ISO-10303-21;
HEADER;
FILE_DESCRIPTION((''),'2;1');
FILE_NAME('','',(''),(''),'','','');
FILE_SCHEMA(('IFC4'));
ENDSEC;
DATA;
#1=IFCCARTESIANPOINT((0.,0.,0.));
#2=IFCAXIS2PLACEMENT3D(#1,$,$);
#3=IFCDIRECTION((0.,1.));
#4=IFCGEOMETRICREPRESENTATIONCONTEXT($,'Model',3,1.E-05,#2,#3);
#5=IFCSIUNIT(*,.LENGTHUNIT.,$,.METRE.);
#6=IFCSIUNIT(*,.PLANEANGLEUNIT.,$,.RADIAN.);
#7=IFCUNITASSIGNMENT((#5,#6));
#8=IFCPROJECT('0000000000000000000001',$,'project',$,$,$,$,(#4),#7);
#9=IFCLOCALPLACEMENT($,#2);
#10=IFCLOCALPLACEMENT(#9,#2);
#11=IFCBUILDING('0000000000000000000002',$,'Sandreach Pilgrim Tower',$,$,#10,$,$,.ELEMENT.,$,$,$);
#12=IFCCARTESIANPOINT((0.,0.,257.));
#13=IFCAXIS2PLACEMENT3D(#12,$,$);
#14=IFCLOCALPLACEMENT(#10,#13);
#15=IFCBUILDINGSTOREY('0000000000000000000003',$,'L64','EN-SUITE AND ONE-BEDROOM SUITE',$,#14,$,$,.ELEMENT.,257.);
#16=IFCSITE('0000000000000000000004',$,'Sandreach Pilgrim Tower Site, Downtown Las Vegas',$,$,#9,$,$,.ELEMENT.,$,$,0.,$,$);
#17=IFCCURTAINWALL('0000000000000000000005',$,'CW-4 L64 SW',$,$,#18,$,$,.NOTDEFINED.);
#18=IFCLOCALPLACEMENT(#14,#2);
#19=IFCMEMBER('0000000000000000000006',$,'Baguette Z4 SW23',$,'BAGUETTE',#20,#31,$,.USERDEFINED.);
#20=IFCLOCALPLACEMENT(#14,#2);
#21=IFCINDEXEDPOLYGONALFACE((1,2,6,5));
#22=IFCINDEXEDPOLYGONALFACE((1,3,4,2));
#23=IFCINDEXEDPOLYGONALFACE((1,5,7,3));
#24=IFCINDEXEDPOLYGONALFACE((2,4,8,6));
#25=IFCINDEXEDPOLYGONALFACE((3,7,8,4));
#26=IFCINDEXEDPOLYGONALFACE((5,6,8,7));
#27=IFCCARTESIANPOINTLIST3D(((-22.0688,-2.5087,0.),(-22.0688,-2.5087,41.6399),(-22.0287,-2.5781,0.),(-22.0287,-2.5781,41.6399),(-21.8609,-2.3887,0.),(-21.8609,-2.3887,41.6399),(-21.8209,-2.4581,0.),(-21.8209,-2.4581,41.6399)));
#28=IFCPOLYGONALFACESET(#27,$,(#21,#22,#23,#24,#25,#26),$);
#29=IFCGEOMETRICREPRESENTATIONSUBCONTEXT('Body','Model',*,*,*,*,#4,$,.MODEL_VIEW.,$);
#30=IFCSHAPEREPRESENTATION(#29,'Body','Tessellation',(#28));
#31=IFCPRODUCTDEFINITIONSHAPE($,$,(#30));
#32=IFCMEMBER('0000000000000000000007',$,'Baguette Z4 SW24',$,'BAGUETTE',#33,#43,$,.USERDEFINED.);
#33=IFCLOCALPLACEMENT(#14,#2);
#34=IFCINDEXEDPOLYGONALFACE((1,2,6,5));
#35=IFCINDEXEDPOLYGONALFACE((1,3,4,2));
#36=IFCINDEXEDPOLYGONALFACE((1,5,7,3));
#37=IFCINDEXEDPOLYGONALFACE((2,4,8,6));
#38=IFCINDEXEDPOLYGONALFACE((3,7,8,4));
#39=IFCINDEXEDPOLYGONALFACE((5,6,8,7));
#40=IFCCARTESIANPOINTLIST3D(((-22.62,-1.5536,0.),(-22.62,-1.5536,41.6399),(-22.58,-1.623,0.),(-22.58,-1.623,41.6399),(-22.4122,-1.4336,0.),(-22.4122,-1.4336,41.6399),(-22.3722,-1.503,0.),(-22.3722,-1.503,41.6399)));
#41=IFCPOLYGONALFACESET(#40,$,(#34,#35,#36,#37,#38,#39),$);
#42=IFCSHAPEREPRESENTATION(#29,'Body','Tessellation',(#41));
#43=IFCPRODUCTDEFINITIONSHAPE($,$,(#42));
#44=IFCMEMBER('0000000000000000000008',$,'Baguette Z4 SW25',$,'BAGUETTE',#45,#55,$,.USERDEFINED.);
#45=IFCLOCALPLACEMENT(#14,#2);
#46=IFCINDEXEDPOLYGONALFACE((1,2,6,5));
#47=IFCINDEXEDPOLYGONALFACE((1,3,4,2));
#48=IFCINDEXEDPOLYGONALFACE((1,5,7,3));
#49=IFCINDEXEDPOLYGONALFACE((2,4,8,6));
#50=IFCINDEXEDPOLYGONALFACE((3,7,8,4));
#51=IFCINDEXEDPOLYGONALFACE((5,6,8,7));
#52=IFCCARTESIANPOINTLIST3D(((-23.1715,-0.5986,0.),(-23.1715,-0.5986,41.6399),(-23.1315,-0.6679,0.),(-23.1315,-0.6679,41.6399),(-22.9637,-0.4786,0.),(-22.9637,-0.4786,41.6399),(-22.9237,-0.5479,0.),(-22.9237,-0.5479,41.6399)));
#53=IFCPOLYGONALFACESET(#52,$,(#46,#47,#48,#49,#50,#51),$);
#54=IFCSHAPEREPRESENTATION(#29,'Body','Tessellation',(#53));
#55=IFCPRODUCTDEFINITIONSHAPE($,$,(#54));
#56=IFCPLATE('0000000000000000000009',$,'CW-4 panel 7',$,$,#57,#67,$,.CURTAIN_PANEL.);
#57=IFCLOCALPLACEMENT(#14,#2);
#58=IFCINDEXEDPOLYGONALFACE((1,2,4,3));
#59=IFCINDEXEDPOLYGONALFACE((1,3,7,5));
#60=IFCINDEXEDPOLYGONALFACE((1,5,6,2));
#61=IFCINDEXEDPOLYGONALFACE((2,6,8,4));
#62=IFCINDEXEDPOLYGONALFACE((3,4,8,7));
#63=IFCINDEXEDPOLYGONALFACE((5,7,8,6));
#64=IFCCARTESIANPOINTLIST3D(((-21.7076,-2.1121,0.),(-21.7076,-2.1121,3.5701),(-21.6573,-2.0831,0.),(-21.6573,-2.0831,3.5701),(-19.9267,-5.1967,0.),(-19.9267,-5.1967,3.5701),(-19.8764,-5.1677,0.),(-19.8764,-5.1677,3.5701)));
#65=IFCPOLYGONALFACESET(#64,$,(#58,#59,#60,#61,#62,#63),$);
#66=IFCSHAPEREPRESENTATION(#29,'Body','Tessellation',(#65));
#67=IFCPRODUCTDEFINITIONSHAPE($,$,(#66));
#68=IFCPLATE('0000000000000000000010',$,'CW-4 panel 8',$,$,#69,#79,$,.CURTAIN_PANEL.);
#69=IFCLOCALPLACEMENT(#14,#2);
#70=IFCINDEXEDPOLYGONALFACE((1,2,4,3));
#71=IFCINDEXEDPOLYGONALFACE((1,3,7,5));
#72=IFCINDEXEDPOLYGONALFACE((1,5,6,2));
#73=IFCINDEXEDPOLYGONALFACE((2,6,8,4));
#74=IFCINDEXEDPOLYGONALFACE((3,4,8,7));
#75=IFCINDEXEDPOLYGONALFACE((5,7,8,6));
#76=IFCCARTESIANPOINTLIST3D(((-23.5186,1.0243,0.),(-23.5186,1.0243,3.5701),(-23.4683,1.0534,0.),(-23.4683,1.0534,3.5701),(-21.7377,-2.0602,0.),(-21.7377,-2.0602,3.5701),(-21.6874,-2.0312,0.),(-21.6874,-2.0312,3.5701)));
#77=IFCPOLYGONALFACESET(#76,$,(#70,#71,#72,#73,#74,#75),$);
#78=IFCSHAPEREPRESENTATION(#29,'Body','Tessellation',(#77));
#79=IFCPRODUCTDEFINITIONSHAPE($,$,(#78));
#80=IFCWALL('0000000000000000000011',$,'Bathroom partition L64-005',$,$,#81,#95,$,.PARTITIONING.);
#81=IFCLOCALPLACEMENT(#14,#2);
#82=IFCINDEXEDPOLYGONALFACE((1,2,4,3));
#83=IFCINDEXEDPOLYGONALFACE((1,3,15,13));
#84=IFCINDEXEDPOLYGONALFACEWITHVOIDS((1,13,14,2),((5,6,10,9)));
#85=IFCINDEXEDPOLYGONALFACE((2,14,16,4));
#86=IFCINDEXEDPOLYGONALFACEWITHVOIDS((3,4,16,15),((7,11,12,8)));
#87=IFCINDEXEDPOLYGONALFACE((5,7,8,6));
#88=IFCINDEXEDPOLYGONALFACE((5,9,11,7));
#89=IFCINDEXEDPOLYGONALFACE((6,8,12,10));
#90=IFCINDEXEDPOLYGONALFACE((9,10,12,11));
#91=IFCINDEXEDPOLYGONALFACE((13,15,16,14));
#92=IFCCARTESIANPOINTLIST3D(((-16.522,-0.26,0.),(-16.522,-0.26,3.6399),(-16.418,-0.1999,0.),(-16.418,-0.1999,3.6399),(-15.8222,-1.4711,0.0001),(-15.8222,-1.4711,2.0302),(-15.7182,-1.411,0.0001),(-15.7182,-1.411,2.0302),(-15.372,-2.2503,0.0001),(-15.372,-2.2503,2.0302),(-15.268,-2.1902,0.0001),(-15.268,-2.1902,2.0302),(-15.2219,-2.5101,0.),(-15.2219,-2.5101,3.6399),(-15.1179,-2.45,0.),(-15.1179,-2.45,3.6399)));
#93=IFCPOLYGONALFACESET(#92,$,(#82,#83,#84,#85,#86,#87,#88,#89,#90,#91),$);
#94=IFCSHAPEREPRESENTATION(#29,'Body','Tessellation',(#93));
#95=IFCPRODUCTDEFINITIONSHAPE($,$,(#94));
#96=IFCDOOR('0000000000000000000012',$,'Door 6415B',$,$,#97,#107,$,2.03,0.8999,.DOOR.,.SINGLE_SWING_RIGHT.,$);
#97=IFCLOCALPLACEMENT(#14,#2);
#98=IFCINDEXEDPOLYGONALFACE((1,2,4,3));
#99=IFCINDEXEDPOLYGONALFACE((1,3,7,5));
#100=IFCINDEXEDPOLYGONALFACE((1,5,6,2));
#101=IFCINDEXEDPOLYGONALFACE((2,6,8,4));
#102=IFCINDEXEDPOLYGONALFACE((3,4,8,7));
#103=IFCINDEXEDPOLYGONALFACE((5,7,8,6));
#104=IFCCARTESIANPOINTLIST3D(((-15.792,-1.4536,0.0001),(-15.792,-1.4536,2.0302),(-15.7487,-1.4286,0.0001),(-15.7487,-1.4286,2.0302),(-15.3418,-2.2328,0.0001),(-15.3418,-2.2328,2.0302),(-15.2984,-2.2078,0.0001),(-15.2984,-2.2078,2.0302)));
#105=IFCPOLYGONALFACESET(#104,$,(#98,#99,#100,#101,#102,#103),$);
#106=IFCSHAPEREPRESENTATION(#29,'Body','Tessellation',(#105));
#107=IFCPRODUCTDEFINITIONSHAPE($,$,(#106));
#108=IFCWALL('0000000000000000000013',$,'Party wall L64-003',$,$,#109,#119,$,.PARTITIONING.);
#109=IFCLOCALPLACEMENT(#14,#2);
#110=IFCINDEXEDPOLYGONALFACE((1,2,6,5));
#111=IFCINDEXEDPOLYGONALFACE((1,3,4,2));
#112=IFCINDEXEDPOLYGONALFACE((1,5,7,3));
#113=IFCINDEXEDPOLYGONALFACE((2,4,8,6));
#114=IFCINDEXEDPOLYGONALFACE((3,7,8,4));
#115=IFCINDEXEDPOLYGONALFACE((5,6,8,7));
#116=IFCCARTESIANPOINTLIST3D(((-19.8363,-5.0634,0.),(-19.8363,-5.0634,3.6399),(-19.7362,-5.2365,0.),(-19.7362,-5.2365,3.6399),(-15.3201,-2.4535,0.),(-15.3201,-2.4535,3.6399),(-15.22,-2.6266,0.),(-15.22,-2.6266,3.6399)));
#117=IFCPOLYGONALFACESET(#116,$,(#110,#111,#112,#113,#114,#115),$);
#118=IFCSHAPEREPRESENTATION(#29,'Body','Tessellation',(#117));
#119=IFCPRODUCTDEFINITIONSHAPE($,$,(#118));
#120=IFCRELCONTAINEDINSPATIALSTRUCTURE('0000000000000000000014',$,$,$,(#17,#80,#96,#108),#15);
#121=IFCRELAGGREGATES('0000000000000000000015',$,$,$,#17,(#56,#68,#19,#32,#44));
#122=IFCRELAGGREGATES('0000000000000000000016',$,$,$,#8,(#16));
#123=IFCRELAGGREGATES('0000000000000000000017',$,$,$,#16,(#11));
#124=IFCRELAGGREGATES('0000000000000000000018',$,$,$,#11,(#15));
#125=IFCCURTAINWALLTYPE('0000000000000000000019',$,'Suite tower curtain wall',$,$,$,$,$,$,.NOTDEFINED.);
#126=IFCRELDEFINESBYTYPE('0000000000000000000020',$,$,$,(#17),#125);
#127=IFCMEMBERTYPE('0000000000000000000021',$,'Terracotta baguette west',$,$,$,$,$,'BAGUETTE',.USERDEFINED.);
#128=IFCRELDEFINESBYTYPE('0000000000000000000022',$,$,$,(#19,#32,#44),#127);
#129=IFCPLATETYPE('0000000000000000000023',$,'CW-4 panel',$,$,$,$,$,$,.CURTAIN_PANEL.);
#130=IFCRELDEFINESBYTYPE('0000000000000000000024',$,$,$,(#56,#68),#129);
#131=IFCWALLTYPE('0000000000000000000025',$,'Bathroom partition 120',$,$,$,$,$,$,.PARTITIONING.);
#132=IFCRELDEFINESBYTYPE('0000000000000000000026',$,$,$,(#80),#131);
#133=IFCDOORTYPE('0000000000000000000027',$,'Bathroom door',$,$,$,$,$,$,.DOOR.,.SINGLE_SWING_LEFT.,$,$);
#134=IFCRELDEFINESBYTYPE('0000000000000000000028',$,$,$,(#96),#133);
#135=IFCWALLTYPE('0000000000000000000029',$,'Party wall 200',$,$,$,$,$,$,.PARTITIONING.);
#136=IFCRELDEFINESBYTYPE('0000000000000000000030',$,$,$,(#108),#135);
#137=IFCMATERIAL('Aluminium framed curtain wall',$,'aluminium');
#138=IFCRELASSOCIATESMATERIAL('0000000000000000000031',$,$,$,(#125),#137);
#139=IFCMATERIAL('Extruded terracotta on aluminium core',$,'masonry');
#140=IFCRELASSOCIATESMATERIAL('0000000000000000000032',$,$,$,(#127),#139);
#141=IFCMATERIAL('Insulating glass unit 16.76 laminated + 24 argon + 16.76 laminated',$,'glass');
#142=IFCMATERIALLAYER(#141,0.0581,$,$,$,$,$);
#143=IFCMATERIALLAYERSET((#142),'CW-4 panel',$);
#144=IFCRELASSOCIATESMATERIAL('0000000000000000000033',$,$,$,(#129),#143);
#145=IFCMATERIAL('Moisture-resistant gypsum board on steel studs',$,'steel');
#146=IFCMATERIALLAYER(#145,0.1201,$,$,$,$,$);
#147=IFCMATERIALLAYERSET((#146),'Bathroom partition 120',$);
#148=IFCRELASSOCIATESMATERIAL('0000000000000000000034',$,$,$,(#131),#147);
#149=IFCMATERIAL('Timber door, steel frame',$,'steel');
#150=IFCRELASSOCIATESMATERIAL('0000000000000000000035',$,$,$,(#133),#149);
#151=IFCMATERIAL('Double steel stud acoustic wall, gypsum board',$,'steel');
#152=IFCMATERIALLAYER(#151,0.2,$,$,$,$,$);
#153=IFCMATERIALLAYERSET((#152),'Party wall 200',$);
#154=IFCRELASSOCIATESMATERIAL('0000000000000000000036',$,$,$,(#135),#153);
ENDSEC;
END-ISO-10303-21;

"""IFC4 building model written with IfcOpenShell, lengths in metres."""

from ifc_helpers import new_model, si_unit, direction, frame, frame_2d, origin, origin_2d, place, context, subcontext, project, spatial, rectangle, extrude, material, layer, layer_set, material_profile, profile_set, type_object, element, fill, aggregate, save


model = new_model("IFC4")

# Units and contexts
model_context = context("Model", 3, precision=1e-05, world=origin(), true_north=direction((0.0, 1.0)))
body_context = subcontext(model_context, "Body", "Model", "MODEL_VIEW")
ifc_project = project(units=[si_unit("LENGTHUNIT", "METRE"), si_unit("PLANEANGLEUNIT", "RADIAN")], contexts=[model_context])

# Site, building, storey
site_placement = place(None, origin())
site = spatial("IfcSite", under=ifc_project, at=site_placement, Name="Sandreach Pilgrim Tower Site, Downtown Las Vegas", CompositionType="ELEMENT", RefElevation=0.0)
building_placement = place(site_placement, origin())
building = spatial("IfcBuilding", under=site, at=building_placement, Name="Sandreach Pilgrim Tower", CompositionType="ELEMENT")
storey_placement = place(building_placement, frame((0.0, 0.0, 257.0)))
storey = spatial("IfcBuildingStorey", under=building, at=storey_placement, Name="L64", Description="EN-SUITE AND ONE-BEDROOM SUITE", CompositionType="ELEMENT", Elevation=257.0)

# Curtain wall
ifc_material_1 = material(Name="Aluminium framed curtain wall", Category="aluminium")
curtain_wall_type = type_object("IfcCurtainWallType", Name="Suite tower curtain wall", PredefinedType="NOTDEFINED", material=ifc_material_1)
curtain_wall_placement = place(storey_placement, origin())
curtain_wall = element("IfcCurtainWall", 1, at=curtain_wall_placement, inside=storey, type_object=curtain_wall_type, Name="CW-4 L64 SW", PredefinedType="NOTDEFINED")

# Members
ifc_material_2 = material(Name="Extruded terracotta on aluminium core", Category="masonry")
ifc_material_profile_1 = material_profile(ifc_material_2, rectangle(XDim=0.0801, YDim=0.24, at=origin_2d()), Name="TBW 80X240")
ifc_profile_set_1 = profile_set([ifc_material_profile_1], Name="Extruded terracotta on aluminium core")
member_type_1 = type_object("IfcMemberType", Name="Terracotta baguette west", ElementType="BAGUETTE", PredefinedType="USERDEFINED", material=ifc_profile_set_1)
member_1_placement = place(storey_placement, frame((-21.9448, -2.4834, 0.0), z_axis=(0.0, 0.0, 1.0), x_axis=(-0.5, 0.866025, 0.0)))
member_1 = element("IfcMember", 2, at=member_1_placement, type_object=member_type_1, Name="Baguette Z4 SW23", ObjectType="BAGUETTE", PredefinedType="USERDEFINED", context=body_context, shape_type="SweptSolid", body=[
    extrude(rectangle(XDim=0.0801, YDim=0.24, at=origin_2d()), origin(), (0.0, 0.0, 1.0), 41.6399),
])
member_2_placement = place(storey_placement, frame((-22.4961, -1.5283, 0.0), z_axis=(0.0, 0.0, 1.0), x_axis=(-0.5, 0.866025, 0.0)))
member_2 = element("IfcMember", 3, at=member_2_placement, type_object=member_type_1, Name="Baguette Z4 SW24", ObjectType="BAGUETTE", PredefinedType="USERDEFINED", context=body_context, shape_type="SweptSolid", body=[
    extrude(rectangle(XDim=0.0801, YDim=0.24, at=origin_2d()), origin(), (0.0, 0.0, 1.0), 41.6399),
])
member_3_placement = place(storey_placement, frame((-23.0476, -0.5732, 0.0), z_axis=(0.0, 0.0, 1.0), x_axis=(-0.5, 0.866025, 0.0)))
member_3 = element("IfcMember", 4, at=member_3_placement, type_object=member_type_1, Name="Baguette Z4 SW25", ObjectType="BAGUETTE", PredefinedType="USERDEFINED", context=body_context, shape_type="SweptSolid", body=[
    extrude(rectangle(XDim=0.0801, YDim=0.24, at=origin_2d()), origin(), (0.0, 0.0, 1.0), 41.6399),
])

# Plates
ifc_material_3 = material(Name="Insulating glass unit 16.76 laminated + 24 argon + 16.76 laminated", Category="glass")
ifc_layer_1 = layer(ifc_material_3, 0.0581)
ifc_layer_set_1 = layer_set([ifc_layer_1], Name="CW-4 panel")
plate_type = type_object("IfcPlateType", Name="CW-4 panel", PredefinedType="CURTAIN_PANEL", material=ifc_layer_set_1)
plate_1_placement = place(storey_placement, frame((-20.792, -3.6399, 0.0), z_axis=(0.0, 0.0, 1.0), x_axis=(-0.5, 0.866025, 0.0)))
plate_1 = element("IfcPlate", 5, at=plate_1_placement, type_object=plate_type, Name="CW-4 panel 7", PredefinedType="CURTAIN_PANEL", context=body_context, shape_type="SweptSolid", body=[
    extrude(rectangle(XDim=3.5618, YDim=0.0581, at=origin_2d()), origin(), (0.0, 0.0, 1.0), 3.5701),
])
plate_2_placement = place(storey_placement, frame((-22.603, -0.5034, 0.0), z_axis=(0.0, 0.0, 1.0), x_axis=(-0.5, 0.866025, 0.0)))
plate_2 = element("IfcPlate", 6, at=plate_2_placement, type_object=plate_type, Name="CW-4 panel 8", PredefinedType="CURTAIN_PANEL", context=body_context, shape_type="SweptSolid", body=[
    extrude(rectangle(XDim=3.5618, YDim=0.0581, at=origin_2d()), origin(), (0.0, 0.0, 1.0), 3.5701),
])
aggregate(curtain_wall, [plate_1, plate_2, member_1, member_2, member_3])

# Wall, opening, door
ifc_material_4 = material(Name="Moisture-resistant gypsum board on steel studs", Category="steel")
ifc_layer_2 = layer(ifc_material_4, 0.1201)
ifc_layer_set_2 = layer_set([ifc_layer_2], Name="Bathroom partition 120")
wall_type_1 = type_object("IfcWallType", Name="Bathroom partition 120", PredefinedType="PARTITIONING", material=ifc_layer_set_2)
wall_1_placement = place(storey_placement, frame((-16.47, -0.23, 0.0), z_axis=(0.0, 0.0, 1.0), x_axis=(0.500292, -0.865857, 0.0)))
wall_1 = element("IfcWall", 7, at=wall_1_placement, inside=storey, type_object=wall_type_1, Name="Bathroom partition L64-005", PredefinedType="PARTITIONING", context=body_context, shape_type="SweptSolid", body=[
    extrude(rectangle(XDim=2.5986, YDim=0.1201, at=frame_2d((1.2993, 0.0))), origin(), (0.0, 0.0, 1.0), 3.6399),
])
opening_placement = place(wall_1_placement, frame((1.3987, 0.0, 0.0)))
opening = element("IfcOpeningElement", 8, at=opening_placement, cuts=wall_1, PredefinedType="OPENING", context=body_context, shape_type="SweptSolid", body=[
    extrude(rectangle(XDim=0.8999, YDim=2.03, at=frame_2d((0.45, 1.0151))), frame((0.0, 0.0601, 0.0), z_axis=(0.0, -1.0, 0.0), x_axis=(1.0, 0.0, 0.0)), (0.0, 0.0, 1.0), 0.1201),
])
ifc_material_5 = material(Name="Timber door, steel frame", Category="steel")
door_type = type_object("IfcDoorType", Name="Bathroom door", OperationType="SINGLE_SWING_LEFT", PredefinedType="DOOR", material=ifc_material_5)
door_placement = place(opening_placement, origin())
door = element("IfcDoor", 9, at=door_placement, inside=storey, type_object=door_type, Name="Door 6415B", OperationType="SINGLE_SWING_RIGHT", OverallHeight=2.03, OverallWidth=0.8999, PredefinedType="DOOR", context=body_context, shape_type="SweptSolid", body=[
    extrude(rectangle(XDim=0.8999, YDim=2.03, at=frame_2d((0.45, 1.0151))), frame((0.0, 0.0249, 0.0), z_axis=(0.0, -1.0, 0.0), x_axis=(1.0, 0.0, 0.0)), (0.0, 0.0, 1.0), 0.05),
])
fill(opening, door)

# Wall
ifc_material_6 = material(Name="Double steel stud acoustic wall, gypsum board", Category="steel")
ifc_layer_3 = layer(ifc_material_6, 0.2)
ifc_layer_set_3 = layer_set([ifc_layer_3], Name="Party wall 200")
wall_type_2 = type_object("IfcWallType", Name="Party wall 200", PredefinedType="PARTITIONING", material=ifc_layer_set_3)
wall_2_placement = place(storey_placement, frame((-19.7861, -5.1499, 0.0), z_axis=(0.0, 0.0, 1.0), x_axis=(0.865819, 0.500357, 0.0)))
element("IfcWall", 10, at=wall_2_placement, inside=storey, type_object=wall_type_2, Name="Party wall L64-003", PredefinedType="PARTITIONING", context=body_context, shape_type="SweptSolid", body=[
    extrude(rectangle(XDim=5.2161, YDim=0.2, at=frame_2d((2.6079, 0.0))), origin(), (0.0, 0.0, 1.0), 3.6399),
])

save(model, "model.ifc")
